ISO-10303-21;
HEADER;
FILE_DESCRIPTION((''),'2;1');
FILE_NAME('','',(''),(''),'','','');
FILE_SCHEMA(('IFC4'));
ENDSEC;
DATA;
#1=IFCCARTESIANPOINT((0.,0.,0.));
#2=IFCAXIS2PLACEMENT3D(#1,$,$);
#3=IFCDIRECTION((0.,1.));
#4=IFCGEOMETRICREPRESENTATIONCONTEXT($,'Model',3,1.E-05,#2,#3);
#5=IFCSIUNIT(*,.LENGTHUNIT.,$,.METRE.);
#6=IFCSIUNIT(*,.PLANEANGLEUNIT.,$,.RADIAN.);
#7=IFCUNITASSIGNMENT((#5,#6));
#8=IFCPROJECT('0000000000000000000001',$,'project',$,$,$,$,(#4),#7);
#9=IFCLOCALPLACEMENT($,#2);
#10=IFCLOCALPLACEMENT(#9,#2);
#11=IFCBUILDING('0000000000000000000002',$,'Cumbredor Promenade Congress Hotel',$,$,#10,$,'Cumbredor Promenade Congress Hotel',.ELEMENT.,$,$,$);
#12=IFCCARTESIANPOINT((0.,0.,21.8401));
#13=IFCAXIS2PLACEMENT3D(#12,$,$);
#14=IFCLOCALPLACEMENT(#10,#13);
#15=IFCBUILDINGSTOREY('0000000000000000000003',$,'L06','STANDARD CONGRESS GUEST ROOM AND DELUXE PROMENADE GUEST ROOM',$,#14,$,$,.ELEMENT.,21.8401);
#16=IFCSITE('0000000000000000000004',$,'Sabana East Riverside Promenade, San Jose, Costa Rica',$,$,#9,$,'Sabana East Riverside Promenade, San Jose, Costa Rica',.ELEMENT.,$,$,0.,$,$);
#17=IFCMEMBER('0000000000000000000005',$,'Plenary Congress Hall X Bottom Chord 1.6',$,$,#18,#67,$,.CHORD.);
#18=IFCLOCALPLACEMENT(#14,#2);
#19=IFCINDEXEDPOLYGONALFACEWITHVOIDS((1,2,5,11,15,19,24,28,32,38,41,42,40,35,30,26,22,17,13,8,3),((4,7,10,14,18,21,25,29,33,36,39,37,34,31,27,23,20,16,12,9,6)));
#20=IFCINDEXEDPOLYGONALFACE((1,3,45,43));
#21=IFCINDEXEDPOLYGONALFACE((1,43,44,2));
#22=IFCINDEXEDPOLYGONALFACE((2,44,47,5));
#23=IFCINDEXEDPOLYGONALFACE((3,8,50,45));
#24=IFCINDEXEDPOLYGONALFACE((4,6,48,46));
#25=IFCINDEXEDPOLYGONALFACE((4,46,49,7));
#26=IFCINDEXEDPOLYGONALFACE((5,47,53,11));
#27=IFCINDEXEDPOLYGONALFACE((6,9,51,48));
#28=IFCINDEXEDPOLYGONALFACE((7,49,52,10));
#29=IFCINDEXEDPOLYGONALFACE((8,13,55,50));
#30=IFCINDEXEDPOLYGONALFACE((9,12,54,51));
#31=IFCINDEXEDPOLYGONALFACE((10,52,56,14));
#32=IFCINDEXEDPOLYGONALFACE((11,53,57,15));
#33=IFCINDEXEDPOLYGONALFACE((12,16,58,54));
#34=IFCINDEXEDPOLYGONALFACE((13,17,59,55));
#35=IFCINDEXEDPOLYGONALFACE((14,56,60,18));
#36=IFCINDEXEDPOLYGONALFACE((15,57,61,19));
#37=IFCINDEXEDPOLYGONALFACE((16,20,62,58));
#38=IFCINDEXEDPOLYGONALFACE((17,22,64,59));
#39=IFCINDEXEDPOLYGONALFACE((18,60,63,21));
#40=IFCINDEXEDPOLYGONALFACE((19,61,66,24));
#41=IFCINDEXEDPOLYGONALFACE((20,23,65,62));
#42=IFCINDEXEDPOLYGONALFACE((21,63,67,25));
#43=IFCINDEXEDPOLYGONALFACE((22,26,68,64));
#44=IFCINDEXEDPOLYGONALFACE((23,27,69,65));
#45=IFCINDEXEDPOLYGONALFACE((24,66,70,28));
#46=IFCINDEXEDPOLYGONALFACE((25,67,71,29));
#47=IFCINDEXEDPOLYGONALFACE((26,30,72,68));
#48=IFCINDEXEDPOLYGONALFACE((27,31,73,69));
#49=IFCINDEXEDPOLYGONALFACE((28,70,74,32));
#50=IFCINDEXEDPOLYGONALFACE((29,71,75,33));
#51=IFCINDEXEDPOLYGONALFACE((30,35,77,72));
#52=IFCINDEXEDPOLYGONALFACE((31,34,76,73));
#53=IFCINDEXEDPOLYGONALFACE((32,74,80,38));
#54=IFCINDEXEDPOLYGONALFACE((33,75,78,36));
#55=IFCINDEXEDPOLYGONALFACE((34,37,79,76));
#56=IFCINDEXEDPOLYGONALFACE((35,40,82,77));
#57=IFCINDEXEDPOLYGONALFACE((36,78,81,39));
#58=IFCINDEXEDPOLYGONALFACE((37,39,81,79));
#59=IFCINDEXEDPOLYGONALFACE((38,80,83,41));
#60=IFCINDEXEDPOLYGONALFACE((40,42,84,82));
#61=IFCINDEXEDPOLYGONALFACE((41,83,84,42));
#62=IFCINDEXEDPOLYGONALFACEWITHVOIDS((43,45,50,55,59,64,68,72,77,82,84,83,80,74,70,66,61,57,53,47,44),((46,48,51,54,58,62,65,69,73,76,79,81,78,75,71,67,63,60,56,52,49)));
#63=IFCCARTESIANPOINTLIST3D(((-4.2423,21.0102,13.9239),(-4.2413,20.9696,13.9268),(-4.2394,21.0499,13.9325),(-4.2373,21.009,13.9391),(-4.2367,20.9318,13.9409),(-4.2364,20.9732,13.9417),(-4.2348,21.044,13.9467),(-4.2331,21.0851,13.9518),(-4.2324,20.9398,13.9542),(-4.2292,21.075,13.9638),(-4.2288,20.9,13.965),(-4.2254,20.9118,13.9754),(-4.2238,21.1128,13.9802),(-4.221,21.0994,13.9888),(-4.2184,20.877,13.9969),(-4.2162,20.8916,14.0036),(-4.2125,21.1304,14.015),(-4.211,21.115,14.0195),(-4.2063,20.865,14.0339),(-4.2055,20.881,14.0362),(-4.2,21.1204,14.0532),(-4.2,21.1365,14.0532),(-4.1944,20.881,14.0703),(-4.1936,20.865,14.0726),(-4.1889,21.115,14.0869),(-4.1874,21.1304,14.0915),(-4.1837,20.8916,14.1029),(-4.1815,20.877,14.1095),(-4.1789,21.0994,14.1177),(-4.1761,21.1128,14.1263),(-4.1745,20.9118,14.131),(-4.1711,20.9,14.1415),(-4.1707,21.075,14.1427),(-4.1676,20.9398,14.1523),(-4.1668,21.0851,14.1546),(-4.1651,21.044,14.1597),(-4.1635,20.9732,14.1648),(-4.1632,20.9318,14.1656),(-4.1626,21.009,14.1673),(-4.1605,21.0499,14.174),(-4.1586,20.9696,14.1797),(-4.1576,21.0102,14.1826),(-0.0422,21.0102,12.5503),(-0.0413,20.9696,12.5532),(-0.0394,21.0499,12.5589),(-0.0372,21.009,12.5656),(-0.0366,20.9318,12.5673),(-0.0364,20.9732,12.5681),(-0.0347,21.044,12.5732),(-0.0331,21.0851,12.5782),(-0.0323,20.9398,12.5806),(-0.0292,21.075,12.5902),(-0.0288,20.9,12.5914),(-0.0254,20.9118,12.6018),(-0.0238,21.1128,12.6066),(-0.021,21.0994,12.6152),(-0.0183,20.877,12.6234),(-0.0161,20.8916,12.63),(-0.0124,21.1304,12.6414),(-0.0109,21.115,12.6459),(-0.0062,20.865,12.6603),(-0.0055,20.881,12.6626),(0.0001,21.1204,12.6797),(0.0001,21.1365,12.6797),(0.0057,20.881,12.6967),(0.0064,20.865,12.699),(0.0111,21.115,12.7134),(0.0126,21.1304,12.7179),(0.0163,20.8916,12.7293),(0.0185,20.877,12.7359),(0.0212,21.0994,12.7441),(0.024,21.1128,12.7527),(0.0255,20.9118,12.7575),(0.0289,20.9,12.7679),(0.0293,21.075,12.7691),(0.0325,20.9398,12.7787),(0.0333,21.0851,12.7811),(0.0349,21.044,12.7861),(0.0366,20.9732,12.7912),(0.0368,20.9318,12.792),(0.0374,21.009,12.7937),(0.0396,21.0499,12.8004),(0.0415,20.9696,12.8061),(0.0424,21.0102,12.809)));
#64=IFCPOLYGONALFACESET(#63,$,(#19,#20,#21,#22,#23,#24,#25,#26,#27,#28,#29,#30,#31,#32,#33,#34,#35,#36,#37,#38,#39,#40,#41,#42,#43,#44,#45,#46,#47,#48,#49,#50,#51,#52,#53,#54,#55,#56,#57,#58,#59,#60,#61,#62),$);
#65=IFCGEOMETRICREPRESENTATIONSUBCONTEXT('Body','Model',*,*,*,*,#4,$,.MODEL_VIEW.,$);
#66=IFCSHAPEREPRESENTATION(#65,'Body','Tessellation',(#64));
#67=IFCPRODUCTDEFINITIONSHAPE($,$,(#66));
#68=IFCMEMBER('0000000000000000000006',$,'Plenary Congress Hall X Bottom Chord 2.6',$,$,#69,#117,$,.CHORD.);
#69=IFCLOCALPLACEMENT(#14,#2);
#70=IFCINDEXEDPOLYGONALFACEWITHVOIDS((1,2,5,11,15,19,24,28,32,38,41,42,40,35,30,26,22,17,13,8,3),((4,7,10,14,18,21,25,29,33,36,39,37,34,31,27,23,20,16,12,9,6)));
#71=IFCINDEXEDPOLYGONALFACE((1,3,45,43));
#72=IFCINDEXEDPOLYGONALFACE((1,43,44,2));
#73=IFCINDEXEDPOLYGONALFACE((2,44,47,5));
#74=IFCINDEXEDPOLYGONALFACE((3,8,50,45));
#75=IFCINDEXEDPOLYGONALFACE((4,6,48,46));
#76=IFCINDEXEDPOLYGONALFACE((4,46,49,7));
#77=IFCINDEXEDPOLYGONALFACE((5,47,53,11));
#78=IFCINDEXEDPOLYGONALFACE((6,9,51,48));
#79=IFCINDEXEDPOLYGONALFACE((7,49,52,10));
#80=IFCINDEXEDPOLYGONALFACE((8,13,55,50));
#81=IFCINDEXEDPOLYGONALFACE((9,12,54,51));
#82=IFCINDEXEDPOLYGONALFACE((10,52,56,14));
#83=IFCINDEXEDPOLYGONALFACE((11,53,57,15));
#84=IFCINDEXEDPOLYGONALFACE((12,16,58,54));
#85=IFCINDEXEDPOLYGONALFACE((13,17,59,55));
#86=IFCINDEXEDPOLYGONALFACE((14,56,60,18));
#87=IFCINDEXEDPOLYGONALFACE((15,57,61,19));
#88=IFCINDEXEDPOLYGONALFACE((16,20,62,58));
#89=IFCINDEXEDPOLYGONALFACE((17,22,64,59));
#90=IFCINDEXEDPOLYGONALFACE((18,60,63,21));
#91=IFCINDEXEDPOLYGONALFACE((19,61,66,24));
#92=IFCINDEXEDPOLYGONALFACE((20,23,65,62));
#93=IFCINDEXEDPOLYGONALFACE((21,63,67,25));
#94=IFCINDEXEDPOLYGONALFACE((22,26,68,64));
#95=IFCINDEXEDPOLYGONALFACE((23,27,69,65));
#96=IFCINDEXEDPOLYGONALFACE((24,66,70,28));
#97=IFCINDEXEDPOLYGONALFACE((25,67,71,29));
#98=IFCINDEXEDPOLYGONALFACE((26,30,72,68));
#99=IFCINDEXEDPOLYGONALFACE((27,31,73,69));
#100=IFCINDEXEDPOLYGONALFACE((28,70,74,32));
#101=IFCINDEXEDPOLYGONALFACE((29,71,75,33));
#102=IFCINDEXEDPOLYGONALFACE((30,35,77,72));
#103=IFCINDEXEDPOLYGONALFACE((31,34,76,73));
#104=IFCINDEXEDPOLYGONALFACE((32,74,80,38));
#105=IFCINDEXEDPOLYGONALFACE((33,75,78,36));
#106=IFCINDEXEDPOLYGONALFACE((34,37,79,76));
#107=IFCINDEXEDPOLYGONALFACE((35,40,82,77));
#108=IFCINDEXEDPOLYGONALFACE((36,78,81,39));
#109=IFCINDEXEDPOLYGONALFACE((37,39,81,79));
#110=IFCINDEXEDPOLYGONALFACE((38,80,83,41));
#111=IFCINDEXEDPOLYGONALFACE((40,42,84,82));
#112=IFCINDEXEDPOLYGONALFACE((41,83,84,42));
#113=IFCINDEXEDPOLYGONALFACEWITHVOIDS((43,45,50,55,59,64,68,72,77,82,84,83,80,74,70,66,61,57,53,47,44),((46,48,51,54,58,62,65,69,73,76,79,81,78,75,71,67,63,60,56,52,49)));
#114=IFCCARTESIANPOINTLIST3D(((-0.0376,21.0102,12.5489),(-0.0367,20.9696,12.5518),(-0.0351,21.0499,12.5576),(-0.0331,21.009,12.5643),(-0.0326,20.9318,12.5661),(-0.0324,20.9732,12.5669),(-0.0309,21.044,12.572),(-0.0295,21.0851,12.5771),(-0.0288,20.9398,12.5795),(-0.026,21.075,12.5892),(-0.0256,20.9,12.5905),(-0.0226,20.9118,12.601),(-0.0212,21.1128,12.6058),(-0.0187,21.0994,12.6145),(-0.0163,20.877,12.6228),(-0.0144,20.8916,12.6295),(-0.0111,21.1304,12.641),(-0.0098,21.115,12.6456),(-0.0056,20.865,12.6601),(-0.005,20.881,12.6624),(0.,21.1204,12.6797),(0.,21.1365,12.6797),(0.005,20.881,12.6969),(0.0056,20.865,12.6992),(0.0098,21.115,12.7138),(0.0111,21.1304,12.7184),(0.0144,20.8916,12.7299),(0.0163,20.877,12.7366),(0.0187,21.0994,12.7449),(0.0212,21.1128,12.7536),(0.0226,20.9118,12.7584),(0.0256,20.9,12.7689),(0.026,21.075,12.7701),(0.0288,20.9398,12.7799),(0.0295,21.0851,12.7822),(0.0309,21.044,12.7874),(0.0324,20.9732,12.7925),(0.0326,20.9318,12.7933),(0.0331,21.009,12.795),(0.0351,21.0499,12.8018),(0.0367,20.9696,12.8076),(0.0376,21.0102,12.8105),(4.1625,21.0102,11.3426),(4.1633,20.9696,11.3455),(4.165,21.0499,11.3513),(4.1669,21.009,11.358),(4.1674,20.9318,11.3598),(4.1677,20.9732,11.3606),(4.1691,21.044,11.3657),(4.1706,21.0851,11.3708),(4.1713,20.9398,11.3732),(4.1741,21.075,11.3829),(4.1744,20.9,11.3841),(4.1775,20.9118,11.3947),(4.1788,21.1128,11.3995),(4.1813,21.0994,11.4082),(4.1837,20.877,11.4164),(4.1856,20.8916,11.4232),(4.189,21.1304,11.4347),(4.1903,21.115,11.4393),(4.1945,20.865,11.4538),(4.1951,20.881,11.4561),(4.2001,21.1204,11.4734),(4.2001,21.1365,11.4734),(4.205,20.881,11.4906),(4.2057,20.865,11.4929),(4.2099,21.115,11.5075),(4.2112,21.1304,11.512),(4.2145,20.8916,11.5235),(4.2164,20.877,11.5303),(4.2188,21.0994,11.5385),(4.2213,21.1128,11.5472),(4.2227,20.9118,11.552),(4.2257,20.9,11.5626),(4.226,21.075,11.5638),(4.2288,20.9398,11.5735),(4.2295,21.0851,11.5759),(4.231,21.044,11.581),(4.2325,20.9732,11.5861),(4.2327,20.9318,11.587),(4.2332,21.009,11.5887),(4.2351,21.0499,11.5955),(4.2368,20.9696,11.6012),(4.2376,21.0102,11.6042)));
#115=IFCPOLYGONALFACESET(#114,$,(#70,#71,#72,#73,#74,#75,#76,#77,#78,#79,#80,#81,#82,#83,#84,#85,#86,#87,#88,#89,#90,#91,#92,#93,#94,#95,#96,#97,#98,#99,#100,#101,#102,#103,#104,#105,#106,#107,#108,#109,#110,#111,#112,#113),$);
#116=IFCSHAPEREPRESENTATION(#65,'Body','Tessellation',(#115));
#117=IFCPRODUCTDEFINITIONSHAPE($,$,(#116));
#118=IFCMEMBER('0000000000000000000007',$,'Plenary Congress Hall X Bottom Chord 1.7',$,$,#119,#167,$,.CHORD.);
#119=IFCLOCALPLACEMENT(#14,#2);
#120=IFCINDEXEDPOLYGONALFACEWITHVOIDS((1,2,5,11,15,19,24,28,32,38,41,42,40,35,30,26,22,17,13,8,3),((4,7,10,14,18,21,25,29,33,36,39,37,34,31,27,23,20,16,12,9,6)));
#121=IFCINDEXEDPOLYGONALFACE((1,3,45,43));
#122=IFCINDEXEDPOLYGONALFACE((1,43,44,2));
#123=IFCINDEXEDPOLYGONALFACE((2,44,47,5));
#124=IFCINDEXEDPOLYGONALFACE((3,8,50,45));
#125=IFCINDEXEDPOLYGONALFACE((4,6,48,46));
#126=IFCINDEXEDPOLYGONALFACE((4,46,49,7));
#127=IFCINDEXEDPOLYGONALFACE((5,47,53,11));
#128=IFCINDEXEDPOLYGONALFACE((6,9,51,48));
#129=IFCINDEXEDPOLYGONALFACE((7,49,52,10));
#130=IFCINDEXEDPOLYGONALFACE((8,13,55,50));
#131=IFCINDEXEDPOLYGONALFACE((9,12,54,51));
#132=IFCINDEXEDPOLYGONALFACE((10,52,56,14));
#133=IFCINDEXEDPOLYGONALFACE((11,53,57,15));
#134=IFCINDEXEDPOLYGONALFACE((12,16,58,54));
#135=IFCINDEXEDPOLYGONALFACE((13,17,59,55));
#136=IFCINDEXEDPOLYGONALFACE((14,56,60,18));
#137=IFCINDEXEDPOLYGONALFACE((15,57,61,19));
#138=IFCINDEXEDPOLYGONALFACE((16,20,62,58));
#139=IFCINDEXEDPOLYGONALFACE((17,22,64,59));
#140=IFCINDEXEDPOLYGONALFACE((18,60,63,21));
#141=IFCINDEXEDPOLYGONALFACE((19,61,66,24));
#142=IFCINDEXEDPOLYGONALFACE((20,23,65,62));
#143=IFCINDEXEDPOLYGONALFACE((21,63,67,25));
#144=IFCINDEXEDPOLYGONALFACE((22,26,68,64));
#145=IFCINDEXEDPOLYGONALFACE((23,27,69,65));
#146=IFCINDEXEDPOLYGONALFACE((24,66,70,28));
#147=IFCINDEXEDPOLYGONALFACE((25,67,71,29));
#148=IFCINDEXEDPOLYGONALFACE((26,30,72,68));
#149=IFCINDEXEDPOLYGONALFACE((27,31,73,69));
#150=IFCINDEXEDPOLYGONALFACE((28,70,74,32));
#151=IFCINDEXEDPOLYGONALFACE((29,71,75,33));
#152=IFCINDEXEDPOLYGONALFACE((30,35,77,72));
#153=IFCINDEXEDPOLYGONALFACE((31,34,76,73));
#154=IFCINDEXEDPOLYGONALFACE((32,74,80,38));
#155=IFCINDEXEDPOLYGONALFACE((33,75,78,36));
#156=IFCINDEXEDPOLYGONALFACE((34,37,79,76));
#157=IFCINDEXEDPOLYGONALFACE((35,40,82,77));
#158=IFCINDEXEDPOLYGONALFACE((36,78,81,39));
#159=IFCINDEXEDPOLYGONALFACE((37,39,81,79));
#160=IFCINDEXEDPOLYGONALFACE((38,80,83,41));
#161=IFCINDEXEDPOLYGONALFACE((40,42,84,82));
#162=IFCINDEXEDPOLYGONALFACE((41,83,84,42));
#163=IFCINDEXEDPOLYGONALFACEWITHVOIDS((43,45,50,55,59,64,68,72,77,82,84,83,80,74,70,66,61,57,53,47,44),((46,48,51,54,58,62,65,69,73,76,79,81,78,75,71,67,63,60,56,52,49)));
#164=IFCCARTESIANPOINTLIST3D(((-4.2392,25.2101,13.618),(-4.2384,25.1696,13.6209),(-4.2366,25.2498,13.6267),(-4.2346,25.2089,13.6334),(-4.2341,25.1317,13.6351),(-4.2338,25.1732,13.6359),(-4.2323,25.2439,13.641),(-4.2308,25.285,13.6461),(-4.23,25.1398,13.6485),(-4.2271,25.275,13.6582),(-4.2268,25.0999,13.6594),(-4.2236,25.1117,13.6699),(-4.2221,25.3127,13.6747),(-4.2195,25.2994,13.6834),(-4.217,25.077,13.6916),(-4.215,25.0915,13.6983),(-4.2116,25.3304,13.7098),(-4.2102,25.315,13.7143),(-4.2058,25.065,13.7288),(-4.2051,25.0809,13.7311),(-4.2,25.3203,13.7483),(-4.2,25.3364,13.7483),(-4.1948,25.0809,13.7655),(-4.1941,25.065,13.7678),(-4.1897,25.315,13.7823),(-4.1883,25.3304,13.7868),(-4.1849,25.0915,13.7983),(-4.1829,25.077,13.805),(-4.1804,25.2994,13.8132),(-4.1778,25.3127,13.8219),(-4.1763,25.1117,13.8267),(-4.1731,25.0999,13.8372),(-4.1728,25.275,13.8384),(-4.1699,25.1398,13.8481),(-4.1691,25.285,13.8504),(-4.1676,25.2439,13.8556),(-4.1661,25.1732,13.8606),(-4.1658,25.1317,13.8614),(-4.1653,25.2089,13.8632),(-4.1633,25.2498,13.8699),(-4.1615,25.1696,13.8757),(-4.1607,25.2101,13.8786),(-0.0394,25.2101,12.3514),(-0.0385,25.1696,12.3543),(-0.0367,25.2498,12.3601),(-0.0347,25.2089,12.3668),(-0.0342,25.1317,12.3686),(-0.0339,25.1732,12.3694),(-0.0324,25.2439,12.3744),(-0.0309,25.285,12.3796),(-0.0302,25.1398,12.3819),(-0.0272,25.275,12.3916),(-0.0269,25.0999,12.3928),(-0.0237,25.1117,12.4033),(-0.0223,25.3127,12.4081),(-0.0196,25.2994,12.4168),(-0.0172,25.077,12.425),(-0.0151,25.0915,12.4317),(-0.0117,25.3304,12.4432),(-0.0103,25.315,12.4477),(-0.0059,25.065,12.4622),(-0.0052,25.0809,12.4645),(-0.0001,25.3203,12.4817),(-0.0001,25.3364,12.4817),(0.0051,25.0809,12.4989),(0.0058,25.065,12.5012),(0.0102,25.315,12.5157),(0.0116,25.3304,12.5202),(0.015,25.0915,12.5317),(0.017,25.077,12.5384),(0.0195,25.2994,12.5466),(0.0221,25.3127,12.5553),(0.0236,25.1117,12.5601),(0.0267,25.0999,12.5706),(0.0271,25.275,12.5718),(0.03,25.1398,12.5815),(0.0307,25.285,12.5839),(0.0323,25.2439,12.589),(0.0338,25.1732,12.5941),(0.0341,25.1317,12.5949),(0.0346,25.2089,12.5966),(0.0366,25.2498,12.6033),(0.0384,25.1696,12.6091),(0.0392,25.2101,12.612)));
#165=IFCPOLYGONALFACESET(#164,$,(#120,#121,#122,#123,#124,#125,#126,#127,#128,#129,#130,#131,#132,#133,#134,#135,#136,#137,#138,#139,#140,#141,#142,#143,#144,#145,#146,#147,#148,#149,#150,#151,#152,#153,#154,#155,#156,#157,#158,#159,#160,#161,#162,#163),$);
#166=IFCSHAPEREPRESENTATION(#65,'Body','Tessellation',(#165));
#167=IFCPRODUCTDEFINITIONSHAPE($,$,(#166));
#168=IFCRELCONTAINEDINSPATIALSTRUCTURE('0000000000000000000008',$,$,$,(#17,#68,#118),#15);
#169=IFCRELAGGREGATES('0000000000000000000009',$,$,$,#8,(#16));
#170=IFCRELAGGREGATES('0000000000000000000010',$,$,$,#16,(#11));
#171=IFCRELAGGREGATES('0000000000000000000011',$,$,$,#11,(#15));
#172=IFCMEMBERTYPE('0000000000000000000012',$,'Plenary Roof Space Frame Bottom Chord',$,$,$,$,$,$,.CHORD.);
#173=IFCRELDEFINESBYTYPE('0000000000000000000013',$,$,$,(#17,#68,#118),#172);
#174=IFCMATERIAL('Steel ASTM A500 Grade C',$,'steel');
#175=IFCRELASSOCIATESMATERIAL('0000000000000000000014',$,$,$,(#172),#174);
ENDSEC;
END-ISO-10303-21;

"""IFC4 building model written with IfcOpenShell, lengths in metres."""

from ifc_helpers import new_model, si_unit, direction, frame, origin, origin_2d, place, context, subcontext, project, spatial, hollow_circle, extrude, material, material_profile, profile_set, type_object, element, save


model = new_model("IFC4")

# Units and contexts
model_context = context("Model", 3, precision=1e-05, world=origin(), true_north=direction((0.0, 1.0)))
body_context = subcontext(model_context, "Body", "Model", "MODEL_VIEW")
ifc_project = project(units=[si_unit("LENGTHUNIT", "METRE"), si_unit("PLANEANGLEUNIT", "RADIAN")], contexts=[model_context])

# Site, building, storey
site_placement = place(None, origin())
site = spatial("IfcSite", under=ifc_project, at=site_placement, Name="Sabana East Riverside Promenade, San Jose, Costa Rica", LongName="Sabana East Riverside Promenade, San Jose, Costa Rica", CompositionType="ELEMENT", RefElevation=0.0)
building_placement = place(site_placement, origin())
building = spatial("IfcBuilding", under=site, at=building_placement, Name="Cumbredor Promenade Congress Hotel", LongName="Cumbredor Promenade Congress Hotel", CompositionType="ELEMENT")
storey_placement = place(building_placement, frame((0.0, 0.0, 21.8401)))
storey = spatial("IfcBuildingStorey", under=building, at=storey_placement, Name="L06", Description="STANDARD CONGRESS GUEST ROOM AND DELUXE PROMENADE GUEST ROOM", CompositionType="ELEMENT", Elevation=21.8401)

# Members
ifc_material_1 = material(Name="Steel ASTM A500 Grade C", Category="steel")
ifc_material_profile_1 = material_profile(ifc_material_1, hollow_circle(Radius=0.1365, WallThickness=0.0161, at=origin_2d()), Name="CHS 273.0x16")
ifc_profile_set_1 = profile_set([ifc_material_profile_1], Name="Steel ASTM A500 Grade C")
member_type_1 = type_object("IfcMemberType", Name="Plenary Roof Space Frame Bottom Chord", PredefinedType="CHORD", material=ifc_profile_set_1)
member_1_placement = place(storey_placement, frame((-4.2, 21.0, 14.0532), z_axis=(0.950464, 0.0, -0.310836), x_axis=(0.0, 1.0, 0.0)))
element("IfcMember", 1, at=member_1_placement, inside=storey, type_object=member_type_1, Name="Plenary Congress Hall X Bottom Chord 1.6", PredefinedType="CHORD", context=body_context, shape_type="SweptSolid", body=[
    extrude(hollow_circle(Radius=0.1365, WallThickness=0.0161, at=origin_2d()), origin(), (0.0, 0.0, 1.0), 4.4189),
])
member_2_placement = place(storey_placement, frame((0.0, 21.0, 12.6797), z_axis=(0.961141, 0.0, -0.276056), x_axis=(0.0, 1.0, 0.0)))
element("IfcMember", 2, at=member_2_placement, inside=storey, type_object=member_type_1, Name="Plenary Congress Hall X Bottom Chord 2.6", PredefinedType="CHORD", context=body_context, shape_type="SweptSolid", body=[
    extrude(hollow_circle(Radius=0.1365, WallThickness=0.0161, at=origin_2d()), origin(), (0.0, 0.0, 1.0), 4.3699),
])
member_3_placement = place(storey_placement, frame((-4.2, 25.2, 13.7483), z_axis=(0.95741, 0.0, -0.288731), x_axis=(0.0, 1.0, 0.0)))
element("IfcMember", 3, at=member_3_placement, inside=storey, type_object=member_type_1, Name="Plenary Congress Hall X Bottom Chord 1.7", PredefinedType="CHORD", context=body_context, shape_type="SweptSolid", body=[
    extrude(hollow_circle(Radius=0.1365, WallThickness=0.0161, at=origin_2d()), origin(), (0.0, 0.0, 1.0), 4.3867),
])

save(model, "model.ifc")
